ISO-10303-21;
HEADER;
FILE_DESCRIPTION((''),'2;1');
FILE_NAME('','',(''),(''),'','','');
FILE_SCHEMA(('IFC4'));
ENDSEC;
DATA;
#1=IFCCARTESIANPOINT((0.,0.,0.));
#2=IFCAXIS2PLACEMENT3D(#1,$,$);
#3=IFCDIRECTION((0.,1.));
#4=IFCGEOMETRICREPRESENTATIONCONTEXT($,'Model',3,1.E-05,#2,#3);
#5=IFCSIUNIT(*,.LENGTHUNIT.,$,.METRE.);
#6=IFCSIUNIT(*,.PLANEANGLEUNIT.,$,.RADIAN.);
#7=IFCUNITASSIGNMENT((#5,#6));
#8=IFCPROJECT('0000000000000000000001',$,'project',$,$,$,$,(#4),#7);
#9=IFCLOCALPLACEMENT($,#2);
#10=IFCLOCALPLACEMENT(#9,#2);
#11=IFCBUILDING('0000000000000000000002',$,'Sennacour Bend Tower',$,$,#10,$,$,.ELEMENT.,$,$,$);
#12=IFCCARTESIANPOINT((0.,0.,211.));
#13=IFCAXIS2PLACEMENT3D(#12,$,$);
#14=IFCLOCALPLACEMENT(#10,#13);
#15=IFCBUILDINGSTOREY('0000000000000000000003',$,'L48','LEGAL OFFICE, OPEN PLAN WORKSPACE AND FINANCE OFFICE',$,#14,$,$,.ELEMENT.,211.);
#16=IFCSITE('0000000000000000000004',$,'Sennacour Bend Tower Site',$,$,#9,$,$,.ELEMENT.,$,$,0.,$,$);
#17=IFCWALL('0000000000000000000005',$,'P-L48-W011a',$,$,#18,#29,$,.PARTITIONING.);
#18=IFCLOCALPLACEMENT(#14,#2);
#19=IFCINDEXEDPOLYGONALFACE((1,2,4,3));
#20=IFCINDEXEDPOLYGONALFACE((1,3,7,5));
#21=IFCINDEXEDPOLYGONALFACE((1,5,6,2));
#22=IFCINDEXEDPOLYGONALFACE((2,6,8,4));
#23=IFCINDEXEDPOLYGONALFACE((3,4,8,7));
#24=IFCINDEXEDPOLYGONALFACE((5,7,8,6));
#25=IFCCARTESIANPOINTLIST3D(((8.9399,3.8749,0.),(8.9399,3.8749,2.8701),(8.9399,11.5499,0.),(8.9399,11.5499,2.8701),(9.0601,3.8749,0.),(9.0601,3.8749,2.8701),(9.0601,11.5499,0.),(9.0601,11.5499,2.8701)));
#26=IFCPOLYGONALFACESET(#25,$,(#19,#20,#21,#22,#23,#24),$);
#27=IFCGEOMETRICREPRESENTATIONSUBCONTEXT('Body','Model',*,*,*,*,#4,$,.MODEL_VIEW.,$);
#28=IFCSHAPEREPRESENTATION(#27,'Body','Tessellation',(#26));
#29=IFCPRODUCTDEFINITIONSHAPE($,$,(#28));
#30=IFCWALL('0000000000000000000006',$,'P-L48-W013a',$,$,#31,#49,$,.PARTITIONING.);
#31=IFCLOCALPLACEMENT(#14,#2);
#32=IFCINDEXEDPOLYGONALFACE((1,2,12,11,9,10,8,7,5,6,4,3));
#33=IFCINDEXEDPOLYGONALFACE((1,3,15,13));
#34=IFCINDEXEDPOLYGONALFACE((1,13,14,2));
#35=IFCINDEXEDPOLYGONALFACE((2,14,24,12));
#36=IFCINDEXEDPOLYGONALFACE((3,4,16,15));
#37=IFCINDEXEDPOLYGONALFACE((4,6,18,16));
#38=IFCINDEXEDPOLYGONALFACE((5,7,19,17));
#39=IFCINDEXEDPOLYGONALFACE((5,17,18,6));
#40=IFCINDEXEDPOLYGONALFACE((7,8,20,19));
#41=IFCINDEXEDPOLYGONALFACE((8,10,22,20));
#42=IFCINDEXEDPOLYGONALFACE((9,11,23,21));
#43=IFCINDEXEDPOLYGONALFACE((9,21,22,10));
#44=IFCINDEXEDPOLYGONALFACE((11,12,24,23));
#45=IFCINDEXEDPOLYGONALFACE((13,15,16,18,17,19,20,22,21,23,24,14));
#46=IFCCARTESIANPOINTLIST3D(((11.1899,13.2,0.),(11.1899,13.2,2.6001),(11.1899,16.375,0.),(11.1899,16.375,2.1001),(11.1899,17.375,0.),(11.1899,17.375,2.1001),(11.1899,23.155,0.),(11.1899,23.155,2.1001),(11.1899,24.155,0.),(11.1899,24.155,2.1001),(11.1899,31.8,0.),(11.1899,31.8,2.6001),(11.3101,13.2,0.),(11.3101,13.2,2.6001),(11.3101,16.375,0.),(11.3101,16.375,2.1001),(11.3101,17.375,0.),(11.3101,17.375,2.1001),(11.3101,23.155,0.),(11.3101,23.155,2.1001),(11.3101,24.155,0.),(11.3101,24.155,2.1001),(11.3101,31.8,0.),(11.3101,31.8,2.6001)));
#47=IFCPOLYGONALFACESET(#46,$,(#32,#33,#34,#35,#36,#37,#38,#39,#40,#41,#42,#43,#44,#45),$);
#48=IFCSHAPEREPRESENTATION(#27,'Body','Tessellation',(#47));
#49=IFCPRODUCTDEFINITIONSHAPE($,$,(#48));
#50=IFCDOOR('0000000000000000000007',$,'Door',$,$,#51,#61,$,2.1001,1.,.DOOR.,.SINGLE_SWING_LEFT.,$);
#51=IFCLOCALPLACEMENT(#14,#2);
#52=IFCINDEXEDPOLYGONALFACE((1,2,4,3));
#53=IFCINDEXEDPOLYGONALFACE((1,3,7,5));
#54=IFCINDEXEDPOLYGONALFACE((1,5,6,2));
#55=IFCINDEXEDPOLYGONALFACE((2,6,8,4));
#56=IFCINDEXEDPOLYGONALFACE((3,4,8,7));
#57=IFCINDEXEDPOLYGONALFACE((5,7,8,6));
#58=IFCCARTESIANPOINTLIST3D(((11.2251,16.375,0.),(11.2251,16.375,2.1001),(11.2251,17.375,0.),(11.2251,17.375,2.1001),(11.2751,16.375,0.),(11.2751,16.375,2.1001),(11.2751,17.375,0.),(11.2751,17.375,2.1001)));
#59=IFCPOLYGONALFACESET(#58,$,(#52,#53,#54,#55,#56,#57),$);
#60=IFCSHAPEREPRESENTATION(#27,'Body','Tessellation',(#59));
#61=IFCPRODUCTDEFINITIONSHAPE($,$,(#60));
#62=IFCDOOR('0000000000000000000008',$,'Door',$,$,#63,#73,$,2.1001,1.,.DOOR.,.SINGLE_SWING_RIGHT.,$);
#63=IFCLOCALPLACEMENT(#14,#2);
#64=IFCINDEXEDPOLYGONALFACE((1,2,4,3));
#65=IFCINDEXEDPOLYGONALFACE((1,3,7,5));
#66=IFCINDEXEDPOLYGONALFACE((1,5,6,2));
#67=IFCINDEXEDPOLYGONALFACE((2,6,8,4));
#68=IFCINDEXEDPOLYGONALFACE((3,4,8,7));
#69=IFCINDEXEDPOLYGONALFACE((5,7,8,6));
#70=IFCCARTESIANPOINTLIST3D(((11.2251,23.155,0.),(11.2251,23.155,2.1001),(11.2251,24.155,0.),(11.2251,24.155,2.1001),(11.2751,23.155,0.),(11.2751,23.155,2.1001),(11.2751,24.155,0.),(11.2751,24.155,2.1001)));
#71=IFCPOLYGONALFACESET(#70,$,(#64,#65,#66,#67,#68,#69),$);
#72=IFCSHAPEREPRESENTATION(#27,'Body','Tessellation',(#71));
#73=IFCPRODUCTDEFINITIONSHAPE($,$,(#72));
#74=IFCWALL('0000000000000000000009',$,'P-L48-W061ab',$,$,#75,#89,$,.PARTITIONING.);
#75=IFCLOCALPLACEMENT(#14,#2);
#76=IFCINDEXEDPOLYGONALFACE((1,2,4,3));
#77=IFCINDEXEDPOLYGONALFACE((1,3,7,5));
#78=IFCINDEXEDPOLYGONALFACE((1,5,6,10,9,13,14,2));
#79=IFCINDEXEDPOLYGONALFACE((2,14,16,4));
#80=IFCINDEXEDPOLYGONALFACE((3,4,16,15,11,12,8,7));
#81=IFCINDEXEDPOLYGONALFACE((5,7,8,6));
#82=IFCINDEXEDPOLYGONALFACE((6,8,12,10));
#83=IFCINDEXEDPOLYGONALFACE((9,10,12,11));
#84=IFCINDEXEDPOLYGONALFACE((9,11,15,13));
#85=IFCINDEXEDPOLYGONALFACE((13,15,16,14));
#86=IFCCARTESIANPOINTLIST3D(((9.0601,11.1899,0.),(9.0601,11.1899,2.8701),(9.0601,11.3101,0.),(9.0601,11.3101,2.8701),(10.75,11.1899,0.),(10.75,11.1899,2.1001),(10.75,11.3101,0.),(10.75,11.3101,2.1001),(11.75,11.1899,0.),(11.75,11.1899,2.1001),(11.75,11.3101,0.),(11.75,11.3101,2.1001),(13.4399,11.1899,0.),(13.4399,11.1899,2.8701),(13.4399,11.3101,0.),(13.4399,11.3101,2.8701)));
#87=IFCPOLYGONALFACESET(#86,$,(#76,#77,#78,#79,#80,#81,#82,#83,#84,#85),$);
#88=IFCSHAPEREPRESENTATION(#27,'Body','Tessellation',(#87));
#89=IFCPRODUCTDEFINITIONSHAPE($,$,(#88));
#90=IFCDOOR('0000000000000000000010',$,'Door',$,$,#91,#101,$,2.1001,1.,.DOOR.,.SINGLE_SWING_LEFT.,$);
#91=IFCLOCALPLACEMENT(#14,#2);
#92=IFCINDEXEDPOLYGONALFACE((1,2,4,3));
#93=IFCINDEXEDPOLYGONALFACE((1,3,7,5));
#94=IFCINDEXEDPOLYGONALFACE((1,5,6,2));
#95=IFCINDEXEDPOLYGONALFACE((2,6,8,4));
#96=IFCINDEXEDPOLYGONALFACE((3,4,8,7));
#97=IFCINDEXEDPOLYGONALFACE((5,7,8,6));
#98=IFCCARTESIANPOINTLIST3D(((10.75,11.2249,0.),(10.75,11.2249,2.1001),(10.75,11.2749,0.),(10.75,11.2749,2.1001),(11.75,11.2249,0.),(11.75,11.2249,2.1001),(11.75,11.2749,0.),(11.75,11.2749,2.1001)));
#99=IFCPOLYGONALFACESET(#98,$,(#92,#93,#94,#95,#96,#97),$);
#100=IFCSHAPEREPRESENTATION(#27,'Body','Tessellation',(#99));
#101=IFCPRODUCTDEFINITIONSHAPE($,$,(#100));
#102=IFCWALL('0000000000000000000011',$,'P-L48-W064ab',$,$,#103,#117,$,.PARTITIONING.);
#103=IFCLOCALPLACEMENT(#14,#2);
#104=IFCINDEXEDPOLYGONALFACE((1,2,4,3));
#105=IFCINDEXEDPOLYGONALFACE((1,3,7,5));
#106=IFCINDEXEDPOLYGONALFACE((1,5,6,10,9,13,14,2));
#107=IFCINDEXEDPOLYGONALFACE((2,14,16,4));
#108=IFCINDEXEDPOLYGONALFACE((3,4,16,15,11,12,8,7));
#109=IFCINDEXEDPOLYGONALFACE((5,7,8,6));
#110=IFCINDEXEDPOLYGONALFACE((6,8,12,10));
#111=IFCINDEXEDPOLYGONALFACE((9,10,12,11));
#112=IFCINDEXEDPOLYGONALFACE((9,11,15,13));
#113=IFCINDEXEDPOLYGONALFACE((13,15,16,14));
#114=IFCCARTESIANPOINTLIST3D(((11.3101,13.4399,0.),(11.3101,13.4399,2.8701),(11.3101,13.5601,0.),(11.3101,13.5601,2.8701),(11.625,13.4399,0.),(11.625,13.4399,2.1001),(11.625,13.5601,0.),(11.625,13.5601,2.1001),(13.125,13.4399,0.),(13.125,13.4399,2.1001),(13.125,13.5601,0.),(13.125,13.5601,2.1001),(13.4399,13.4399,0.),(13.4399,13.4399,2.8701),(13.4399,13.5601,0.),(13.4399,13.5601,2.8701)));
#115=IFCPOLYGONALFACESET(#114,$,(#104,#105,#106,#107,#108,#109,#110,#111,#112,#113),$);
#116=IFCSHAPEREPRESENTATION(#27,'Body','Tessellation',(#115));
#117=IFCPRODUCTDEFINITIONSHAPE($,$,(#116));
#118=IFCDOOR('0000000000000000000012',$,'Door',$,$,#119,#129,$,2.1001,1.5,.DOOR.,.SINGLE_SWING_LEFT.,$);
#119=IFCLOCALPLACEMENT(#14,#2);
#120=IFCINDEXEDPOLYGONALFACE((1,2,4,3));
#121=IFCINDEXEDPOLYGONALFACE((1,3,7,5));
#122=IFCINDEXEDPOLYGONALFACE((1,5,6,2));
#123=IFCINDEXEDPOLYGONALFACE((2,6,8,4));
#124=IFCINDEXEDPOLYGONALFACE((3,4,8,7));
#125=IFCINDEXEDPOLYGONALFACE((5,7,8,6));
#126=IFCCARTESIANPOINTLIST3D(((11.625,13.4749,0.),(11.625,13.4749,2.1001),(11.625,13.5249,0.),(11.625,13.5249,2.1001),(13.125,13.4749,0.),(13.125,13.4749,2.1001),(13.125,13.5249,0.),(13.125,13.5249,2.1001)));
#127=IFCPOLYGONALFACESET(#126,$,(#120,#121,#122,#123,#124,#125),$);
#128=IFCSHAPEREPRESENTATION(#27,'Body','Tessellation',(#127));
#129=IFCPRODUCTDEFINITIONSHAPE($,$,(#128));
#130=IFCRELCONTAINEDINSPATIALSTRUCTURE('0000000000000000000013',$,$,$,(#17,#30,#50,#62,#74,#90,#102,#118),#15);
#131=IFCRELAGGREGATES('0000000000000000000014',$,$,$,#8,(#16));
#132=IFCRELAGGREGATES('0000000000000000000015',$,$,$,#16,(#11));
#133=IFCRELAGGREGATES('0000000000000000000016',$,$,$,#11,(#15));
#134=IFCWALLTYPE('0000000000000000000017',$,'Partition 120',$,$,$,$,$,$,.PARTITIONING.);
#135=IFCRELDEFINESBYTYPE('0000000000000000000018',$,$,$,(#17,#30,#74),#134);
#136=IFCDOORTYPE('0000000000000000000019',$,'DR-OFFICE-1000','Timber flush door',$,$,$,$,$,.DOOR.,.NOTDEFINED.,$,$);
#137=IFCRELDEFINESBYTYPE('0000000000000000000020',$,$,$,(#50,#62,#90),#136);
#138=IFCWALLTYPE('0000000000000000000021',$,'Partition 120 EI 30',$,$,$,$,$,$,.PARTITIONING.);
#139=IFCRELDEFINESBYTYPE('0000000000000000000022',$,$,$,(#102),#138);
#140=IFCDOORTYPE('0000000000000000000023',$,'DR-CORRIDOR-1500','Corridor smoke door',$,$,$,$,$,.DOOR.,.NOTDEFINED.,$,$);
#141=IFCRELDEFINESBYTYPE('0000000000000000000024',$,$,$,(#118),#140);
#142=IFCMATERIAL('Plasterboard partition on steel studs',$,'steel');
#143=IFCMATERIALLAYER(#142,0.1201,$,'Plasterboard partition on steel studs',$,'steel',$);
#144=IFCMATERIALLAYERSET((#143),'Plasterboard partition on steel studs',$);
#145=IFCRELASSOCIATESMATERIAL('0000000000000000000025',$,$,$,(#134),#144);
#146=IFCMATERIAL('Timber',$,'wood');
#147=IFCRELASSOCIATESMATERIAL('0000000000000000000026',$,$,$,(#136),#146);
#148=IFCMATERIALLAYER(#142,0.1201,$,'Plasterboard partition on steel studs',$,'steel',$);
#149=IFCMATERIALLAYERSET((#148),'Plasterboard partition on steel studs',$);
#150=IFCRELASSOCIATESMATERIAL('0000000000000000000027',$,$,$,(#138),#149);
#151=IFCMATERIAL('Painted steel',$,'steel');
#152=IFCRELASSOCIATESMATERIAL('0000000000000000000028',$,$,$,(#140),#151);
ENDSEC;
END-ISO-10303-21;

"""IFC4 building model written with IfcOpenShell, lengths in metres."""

from ifc_helpers import new_model, si_unit, direction, frame, frame_2d, origin, place, context, subcontext, project, spatial, rectangle, extrude, material, layer, layer_set, type_object, element, fill, save


model = new_model("IFC4")

# Units and contexts
model_context = context("Model", 3, precision=1e-05, world=origin(), true_north=direction((0.0, 1.0)))
body_context = subcontext(model_context, "Body", "Model", "MODEL_VIEW")
ifc_project = project(units=[si_unit("LENGTHUNIT", "METRE"), si_unit("PLANEANGLEUNIT", "RADIAN")], contexts=[model_context])

# Site, building, storey
site_placement = place(None, origin())
site = spatial("IfcSite", under=ifc_project, at=site_placement, Name="Sennacour Bend Tower Site", CompositionType="ELEMENT", RefElevation=0.0)
building_placement = place(site_placement, origin())
building = spatial("IfcBuilding", under=site, at=building_placement, Name="Sennacour Bend Tower", CompositionType="ELEMENT")
storey_placement = place(building_placement, frame((0.0, 0.0, 211.0)))
storey = spatial("IfcBuildingStorey", under=building, at=storey_placement, Name="L48", Description="LEGAL OFFICE, OPEN PLAN WORKSPACE AND FINANCE OFFICE", CompositionType="ELEMENT", Elevation=211.0)

# Wall
ifc_material_1 = material(Name="Plasterboard partition on steel studs", Category="steel")
ifc_layer_1 = layer(ifc_material_1, 0.1201, Name="Plasterboard partition on steel studs", Category="steel")
ifc_layer_set_1 = layer_set([ifc_layer_1], Name="Plasterboard partition on steel studs")
wall_type_1 = type_object("IfcWallType", Name="Partition 120", PredefinedType="PARTITIONING", material=ifc_layer_set_1)
wall_1_placement = place(storey_placement, frame((9.0, 3.875, 0.0), z_axis=(0.0, 0.0, 1.0), x_axis=(0.0, 1.0, 0.0)))
element("IfcWall", 1, at=wall_1_placement, inside=storey, type_object=wall_type_1, Name="P-L48-W011a", PredefinedType="PARTITIONING", context=body_context, shape_type="SweptSolid", body=[
    extrude(rectangle(XDim=7.675, YDim=0.1201, at=frame_2d((3.8374, 0.0))), origin(), (0.0, 0.0, 1.0), 2.8701),
])

# Wall, openings, doors
wall_2_placement = place(storey_placement, frame((11.25, 13.2, 0.0), z_axis=(0.0, 0.0, 1.0), x_axis=(0.0, 1.0, 0.0)))
wall_2 = element("IfcWall", 2, at=wall_2_placement, inside=storey, type_object=wall_type_1, Name="P-L48-W013a", PredefinedType="PARTITIONING", context=body_context, shape_type="SweptSolid", body=[
    extrude(rectangle(XDim=18.6001, YDim=0.1201, at=frame_2d((9.3, 0.0))), origin(), (0.0, 0.0, 1.0), 2.6001),
])
opening_1_placement = place(wall_2_placement, frame((3.175, 0.0, 0.0)))
opening_1 = element("IfcOpeningElement", 3, at=opening_1_placement, cuts=wall_2, PredefinedType="OPENING", context=body_context, shape_type="SweptSolid", body=[
    extrude(rectangle(XDim=1.0, YDim=2.1001, at=frame_2d((0.5, 1.05))), frame((0.0, 0.0701, 0.0), z_axis=(0.0, -1.0, 0.0), x_axis=(1.0, 0.0, 0.0)), (0.0, 0.0, 1.0), 0.1401),
])
opening_2_placement = place(wall_2_placement, frame((9.9551, 0.0, 0.0)))
opening_2 = element("IfcOpeningElement", 4, at=opening_2_placement, cuts=wall_2, PredefinedType="OPENING", context=body_context, shape_type="SweptSolid", body=[
    extrude(rectangle(XDim=1.0, YDim=2.1001, at=frame_2d((0.5, 1.05))), frame((0.0, 0.0701, 0.0), z_axis=(0.0, -1.0, 0.0), x_axis=(1.0, 0.0, 0.0)), (0.0, 0.0, 1.0), 0.1401),
])
ifc_material_2 = material(Name="Timber", Category="wood")
door_type_1 = type_object("IfcDoorType", Name="DR-OFFICE-1000", Description="Timber flush door", OperationType="NOTDEFINED", PredefinedType="DOOR", material=ifc_material_2)
door_1_placement = place(opening_1_placement, origin())
door_1 = element("IfcDoor", 5, at=door_1_placement, inside=storey, type_object=door_type_1, Name="Door", OperationType="SINGLE_SWING_LEFT", OverallHeight=2.1001, OverallWidth=1.0, PredefinedType="DOOR", context=body_context, shape_type="SweptSolid", body=[
    extrude(rectangle(XDim=1.0, YDim=2.1001, at=frame_2d((0.5, 1.05))), frame((0.0, 0.0249, 0.0), z_axis=(0.0, -1.0, 0.0), x_axis=(1.0, 0.0, 0.0)), (0.0, 0.0, 1.0), 0.05),
])
fill(opening_1, door_1)
door_2_placement = place(opening_2_placement, origin())
door_2 = element("IfcDoor", 6, at=door_2_placement, inside=storey, type_object=door_type_1, Name="Door", OperationType="SINGLE_SWING_RIGHT", OverallHeight=2.1001, OverallWidth=1.0, PredefinedType="DOOR", context=body_context, shape_type="SweptSolid", body=[
    extrude(rectangle(XDim=1.0, YDim=2.1001, at=frame_2d((0.5, 1.05))), frame((0.0, 0.0249, 0.0), z_axis=(0.0, -1.0, 0.0), x_axis=(1.0, 0.0, 0.0)), (0.0, 0.0, 1.0), 0.05),
])
fill(opening_2, door_2)

# Walls, openings, doors
wall_3_placement = place(storey_placement, frame((9.0601, 11.25, 0.0), z_axis=(0.0, 0.0, 1.0), x_axis=(1.0, 0.0, 0.0)))
wall_3 = element("IfcWall", 7, at=wall_3_placement, inside=storey, type_object=wall_type_1, Name="P-L48-W061ab", PredefinedType="PARTITIONING", context=body_context, shape_type="SweptSolid", body=[
    extrude(rectangle(XDim=4.3799, YDim=0.1201, at=frame_2d((2.1899, 0.0))), origin(), (0.0, 0.0, 1.0), 2.8701),
])
opening_3_placement = place(wall_3_placement, frame((1.6899, 0.0, 0.0)))
opening_3 = element("IfcOpeningElement", 8, at=opening_3_placement, cuts=wall_3, PredefinedType="OPENING", context=body_context, shape_type="SweptSolid", body=[
    extrude(rectangle(XDim=1.0, YDim=2.1001, at=frame_2d((0.5, 1.05))), frame((0.0, 0.0701, 0.0), z_axis=(0.0, -1.0, 0.0), x_axis=(1.0, 0.0, 0.0)), (0.0, 0.0, 1.0), 0.1401),
])
door_3_placement = place(opening_3_placement, origin())
door_3 = element("IfcDoor", 9, at=door_3_placement, inside=storey, type_object=door_type_1, Name="Door", OperationType="SINGLE_SWING_LEFT", OverallHeight=2.1001, OverallWidth=1.0, PredefinedType="DOOR", context=body_context, shape_type="SweptSolid", body=[
    extrude(rectangle(XDim=1.0, YDim=2.1001, at=frame_2d((0.5, 1.05))), frame((0.0, 0.0249, 0.0), z_axis=(0.0, -1.0, 0.0), x_axis=(1.0, 0.0, 0.0)), (0.0, 0.0, 1.0), 0.05),
])
fill(opening_3, door_3)
ifc_layer_2 = layer(ifc_material_1, 0.1201, Name="Plasterboard partition on steel studs", Category="steel")
ifc_layer_set_2 = layer_set([ifc_layer_2], Name="Plasterboard partition on steel studs")
wall_type_2 = type_object("IfcWallType", Name="Partition 120 EI 30", PredefinedType="PARTITIONING", material=ifc_layer_set_2)
wall_4_placement = place(storey_placement, frame((11.3101, 13.5, 0.0), z_axis=(0.0, 0.0, 1.0), x_axis=(1.0, 0.0, 0.0)))
wall_4 = element("IfcWall", 10, at=wall_4_placement, inside=storey, type_object=wall_type_2, Name="P-L48-W064ab", PredefinedType="PARTITIONING", context=body_context, shape_type="SweptSolid", body=[
    extrude(rectangle(XDim=2.1299, YDim=0.1201, at=frame_2d((1.0649, 0.0))), origin(), (0.0, 0.0, 1.0), 2.8701),
])
opening_4_placement = place(wall_4_placement, frame((0.3149, 0.0, 0.0)))
opening_4 = element("IfcOpeningElement", 11, at=opening_4_placement, cuts=wall_4, PredefinedType="OPENING", context=body_context, shape_type="SweptSolid", body=[
    extrude(rectangle(XDim=1.5, YDim=2.1001, at=frame_2d((0.75, 1.05))), frame((0.0, 0.0701, 0.0), z_axis=(0.0, -1.0, 0.0), x_axis=(1.0, 0.0, 0.0)), (0.0, 0.0, 1.0), 0.1401),
])
ifc_material_3 = material(Name="Painted steel", Category="steel")
door_type_2 = type_object("IfcDoorType", Name="DR-CORRIDOR-1500", Description="Corridor smoke door", OperationType="NOTDEFINED", PredefinedType="DOOR", material=ifc_material_3)
door_4_placement = place(opening_4_placement, origin())
door_4 = element("IfcDoor", 12, at=door_4_placement, inside=storey, type_object=door_type_2, Name="Door", OperationType="SINGLE_SWING_LEFT", OverallHeight=2.1001, OverallWidth=1.5, PredefinedType="DOOR", context=body_context, shape_type="SweptSolid", body=[
    extrude(rectangle(XDim=1.5, YDim=2.1001, at=frame_2d((0.75, 1.05))), frame((0.0, 0.0249, 0.0), z_axis=(0.0, -1.0, 0.0), x_axis=(1.0, 0.0, 0.0)), (0.0, 0.0, 1.0), 0.05),
])
fill(opening_4, door_4)

save(model, "model.ifc")
